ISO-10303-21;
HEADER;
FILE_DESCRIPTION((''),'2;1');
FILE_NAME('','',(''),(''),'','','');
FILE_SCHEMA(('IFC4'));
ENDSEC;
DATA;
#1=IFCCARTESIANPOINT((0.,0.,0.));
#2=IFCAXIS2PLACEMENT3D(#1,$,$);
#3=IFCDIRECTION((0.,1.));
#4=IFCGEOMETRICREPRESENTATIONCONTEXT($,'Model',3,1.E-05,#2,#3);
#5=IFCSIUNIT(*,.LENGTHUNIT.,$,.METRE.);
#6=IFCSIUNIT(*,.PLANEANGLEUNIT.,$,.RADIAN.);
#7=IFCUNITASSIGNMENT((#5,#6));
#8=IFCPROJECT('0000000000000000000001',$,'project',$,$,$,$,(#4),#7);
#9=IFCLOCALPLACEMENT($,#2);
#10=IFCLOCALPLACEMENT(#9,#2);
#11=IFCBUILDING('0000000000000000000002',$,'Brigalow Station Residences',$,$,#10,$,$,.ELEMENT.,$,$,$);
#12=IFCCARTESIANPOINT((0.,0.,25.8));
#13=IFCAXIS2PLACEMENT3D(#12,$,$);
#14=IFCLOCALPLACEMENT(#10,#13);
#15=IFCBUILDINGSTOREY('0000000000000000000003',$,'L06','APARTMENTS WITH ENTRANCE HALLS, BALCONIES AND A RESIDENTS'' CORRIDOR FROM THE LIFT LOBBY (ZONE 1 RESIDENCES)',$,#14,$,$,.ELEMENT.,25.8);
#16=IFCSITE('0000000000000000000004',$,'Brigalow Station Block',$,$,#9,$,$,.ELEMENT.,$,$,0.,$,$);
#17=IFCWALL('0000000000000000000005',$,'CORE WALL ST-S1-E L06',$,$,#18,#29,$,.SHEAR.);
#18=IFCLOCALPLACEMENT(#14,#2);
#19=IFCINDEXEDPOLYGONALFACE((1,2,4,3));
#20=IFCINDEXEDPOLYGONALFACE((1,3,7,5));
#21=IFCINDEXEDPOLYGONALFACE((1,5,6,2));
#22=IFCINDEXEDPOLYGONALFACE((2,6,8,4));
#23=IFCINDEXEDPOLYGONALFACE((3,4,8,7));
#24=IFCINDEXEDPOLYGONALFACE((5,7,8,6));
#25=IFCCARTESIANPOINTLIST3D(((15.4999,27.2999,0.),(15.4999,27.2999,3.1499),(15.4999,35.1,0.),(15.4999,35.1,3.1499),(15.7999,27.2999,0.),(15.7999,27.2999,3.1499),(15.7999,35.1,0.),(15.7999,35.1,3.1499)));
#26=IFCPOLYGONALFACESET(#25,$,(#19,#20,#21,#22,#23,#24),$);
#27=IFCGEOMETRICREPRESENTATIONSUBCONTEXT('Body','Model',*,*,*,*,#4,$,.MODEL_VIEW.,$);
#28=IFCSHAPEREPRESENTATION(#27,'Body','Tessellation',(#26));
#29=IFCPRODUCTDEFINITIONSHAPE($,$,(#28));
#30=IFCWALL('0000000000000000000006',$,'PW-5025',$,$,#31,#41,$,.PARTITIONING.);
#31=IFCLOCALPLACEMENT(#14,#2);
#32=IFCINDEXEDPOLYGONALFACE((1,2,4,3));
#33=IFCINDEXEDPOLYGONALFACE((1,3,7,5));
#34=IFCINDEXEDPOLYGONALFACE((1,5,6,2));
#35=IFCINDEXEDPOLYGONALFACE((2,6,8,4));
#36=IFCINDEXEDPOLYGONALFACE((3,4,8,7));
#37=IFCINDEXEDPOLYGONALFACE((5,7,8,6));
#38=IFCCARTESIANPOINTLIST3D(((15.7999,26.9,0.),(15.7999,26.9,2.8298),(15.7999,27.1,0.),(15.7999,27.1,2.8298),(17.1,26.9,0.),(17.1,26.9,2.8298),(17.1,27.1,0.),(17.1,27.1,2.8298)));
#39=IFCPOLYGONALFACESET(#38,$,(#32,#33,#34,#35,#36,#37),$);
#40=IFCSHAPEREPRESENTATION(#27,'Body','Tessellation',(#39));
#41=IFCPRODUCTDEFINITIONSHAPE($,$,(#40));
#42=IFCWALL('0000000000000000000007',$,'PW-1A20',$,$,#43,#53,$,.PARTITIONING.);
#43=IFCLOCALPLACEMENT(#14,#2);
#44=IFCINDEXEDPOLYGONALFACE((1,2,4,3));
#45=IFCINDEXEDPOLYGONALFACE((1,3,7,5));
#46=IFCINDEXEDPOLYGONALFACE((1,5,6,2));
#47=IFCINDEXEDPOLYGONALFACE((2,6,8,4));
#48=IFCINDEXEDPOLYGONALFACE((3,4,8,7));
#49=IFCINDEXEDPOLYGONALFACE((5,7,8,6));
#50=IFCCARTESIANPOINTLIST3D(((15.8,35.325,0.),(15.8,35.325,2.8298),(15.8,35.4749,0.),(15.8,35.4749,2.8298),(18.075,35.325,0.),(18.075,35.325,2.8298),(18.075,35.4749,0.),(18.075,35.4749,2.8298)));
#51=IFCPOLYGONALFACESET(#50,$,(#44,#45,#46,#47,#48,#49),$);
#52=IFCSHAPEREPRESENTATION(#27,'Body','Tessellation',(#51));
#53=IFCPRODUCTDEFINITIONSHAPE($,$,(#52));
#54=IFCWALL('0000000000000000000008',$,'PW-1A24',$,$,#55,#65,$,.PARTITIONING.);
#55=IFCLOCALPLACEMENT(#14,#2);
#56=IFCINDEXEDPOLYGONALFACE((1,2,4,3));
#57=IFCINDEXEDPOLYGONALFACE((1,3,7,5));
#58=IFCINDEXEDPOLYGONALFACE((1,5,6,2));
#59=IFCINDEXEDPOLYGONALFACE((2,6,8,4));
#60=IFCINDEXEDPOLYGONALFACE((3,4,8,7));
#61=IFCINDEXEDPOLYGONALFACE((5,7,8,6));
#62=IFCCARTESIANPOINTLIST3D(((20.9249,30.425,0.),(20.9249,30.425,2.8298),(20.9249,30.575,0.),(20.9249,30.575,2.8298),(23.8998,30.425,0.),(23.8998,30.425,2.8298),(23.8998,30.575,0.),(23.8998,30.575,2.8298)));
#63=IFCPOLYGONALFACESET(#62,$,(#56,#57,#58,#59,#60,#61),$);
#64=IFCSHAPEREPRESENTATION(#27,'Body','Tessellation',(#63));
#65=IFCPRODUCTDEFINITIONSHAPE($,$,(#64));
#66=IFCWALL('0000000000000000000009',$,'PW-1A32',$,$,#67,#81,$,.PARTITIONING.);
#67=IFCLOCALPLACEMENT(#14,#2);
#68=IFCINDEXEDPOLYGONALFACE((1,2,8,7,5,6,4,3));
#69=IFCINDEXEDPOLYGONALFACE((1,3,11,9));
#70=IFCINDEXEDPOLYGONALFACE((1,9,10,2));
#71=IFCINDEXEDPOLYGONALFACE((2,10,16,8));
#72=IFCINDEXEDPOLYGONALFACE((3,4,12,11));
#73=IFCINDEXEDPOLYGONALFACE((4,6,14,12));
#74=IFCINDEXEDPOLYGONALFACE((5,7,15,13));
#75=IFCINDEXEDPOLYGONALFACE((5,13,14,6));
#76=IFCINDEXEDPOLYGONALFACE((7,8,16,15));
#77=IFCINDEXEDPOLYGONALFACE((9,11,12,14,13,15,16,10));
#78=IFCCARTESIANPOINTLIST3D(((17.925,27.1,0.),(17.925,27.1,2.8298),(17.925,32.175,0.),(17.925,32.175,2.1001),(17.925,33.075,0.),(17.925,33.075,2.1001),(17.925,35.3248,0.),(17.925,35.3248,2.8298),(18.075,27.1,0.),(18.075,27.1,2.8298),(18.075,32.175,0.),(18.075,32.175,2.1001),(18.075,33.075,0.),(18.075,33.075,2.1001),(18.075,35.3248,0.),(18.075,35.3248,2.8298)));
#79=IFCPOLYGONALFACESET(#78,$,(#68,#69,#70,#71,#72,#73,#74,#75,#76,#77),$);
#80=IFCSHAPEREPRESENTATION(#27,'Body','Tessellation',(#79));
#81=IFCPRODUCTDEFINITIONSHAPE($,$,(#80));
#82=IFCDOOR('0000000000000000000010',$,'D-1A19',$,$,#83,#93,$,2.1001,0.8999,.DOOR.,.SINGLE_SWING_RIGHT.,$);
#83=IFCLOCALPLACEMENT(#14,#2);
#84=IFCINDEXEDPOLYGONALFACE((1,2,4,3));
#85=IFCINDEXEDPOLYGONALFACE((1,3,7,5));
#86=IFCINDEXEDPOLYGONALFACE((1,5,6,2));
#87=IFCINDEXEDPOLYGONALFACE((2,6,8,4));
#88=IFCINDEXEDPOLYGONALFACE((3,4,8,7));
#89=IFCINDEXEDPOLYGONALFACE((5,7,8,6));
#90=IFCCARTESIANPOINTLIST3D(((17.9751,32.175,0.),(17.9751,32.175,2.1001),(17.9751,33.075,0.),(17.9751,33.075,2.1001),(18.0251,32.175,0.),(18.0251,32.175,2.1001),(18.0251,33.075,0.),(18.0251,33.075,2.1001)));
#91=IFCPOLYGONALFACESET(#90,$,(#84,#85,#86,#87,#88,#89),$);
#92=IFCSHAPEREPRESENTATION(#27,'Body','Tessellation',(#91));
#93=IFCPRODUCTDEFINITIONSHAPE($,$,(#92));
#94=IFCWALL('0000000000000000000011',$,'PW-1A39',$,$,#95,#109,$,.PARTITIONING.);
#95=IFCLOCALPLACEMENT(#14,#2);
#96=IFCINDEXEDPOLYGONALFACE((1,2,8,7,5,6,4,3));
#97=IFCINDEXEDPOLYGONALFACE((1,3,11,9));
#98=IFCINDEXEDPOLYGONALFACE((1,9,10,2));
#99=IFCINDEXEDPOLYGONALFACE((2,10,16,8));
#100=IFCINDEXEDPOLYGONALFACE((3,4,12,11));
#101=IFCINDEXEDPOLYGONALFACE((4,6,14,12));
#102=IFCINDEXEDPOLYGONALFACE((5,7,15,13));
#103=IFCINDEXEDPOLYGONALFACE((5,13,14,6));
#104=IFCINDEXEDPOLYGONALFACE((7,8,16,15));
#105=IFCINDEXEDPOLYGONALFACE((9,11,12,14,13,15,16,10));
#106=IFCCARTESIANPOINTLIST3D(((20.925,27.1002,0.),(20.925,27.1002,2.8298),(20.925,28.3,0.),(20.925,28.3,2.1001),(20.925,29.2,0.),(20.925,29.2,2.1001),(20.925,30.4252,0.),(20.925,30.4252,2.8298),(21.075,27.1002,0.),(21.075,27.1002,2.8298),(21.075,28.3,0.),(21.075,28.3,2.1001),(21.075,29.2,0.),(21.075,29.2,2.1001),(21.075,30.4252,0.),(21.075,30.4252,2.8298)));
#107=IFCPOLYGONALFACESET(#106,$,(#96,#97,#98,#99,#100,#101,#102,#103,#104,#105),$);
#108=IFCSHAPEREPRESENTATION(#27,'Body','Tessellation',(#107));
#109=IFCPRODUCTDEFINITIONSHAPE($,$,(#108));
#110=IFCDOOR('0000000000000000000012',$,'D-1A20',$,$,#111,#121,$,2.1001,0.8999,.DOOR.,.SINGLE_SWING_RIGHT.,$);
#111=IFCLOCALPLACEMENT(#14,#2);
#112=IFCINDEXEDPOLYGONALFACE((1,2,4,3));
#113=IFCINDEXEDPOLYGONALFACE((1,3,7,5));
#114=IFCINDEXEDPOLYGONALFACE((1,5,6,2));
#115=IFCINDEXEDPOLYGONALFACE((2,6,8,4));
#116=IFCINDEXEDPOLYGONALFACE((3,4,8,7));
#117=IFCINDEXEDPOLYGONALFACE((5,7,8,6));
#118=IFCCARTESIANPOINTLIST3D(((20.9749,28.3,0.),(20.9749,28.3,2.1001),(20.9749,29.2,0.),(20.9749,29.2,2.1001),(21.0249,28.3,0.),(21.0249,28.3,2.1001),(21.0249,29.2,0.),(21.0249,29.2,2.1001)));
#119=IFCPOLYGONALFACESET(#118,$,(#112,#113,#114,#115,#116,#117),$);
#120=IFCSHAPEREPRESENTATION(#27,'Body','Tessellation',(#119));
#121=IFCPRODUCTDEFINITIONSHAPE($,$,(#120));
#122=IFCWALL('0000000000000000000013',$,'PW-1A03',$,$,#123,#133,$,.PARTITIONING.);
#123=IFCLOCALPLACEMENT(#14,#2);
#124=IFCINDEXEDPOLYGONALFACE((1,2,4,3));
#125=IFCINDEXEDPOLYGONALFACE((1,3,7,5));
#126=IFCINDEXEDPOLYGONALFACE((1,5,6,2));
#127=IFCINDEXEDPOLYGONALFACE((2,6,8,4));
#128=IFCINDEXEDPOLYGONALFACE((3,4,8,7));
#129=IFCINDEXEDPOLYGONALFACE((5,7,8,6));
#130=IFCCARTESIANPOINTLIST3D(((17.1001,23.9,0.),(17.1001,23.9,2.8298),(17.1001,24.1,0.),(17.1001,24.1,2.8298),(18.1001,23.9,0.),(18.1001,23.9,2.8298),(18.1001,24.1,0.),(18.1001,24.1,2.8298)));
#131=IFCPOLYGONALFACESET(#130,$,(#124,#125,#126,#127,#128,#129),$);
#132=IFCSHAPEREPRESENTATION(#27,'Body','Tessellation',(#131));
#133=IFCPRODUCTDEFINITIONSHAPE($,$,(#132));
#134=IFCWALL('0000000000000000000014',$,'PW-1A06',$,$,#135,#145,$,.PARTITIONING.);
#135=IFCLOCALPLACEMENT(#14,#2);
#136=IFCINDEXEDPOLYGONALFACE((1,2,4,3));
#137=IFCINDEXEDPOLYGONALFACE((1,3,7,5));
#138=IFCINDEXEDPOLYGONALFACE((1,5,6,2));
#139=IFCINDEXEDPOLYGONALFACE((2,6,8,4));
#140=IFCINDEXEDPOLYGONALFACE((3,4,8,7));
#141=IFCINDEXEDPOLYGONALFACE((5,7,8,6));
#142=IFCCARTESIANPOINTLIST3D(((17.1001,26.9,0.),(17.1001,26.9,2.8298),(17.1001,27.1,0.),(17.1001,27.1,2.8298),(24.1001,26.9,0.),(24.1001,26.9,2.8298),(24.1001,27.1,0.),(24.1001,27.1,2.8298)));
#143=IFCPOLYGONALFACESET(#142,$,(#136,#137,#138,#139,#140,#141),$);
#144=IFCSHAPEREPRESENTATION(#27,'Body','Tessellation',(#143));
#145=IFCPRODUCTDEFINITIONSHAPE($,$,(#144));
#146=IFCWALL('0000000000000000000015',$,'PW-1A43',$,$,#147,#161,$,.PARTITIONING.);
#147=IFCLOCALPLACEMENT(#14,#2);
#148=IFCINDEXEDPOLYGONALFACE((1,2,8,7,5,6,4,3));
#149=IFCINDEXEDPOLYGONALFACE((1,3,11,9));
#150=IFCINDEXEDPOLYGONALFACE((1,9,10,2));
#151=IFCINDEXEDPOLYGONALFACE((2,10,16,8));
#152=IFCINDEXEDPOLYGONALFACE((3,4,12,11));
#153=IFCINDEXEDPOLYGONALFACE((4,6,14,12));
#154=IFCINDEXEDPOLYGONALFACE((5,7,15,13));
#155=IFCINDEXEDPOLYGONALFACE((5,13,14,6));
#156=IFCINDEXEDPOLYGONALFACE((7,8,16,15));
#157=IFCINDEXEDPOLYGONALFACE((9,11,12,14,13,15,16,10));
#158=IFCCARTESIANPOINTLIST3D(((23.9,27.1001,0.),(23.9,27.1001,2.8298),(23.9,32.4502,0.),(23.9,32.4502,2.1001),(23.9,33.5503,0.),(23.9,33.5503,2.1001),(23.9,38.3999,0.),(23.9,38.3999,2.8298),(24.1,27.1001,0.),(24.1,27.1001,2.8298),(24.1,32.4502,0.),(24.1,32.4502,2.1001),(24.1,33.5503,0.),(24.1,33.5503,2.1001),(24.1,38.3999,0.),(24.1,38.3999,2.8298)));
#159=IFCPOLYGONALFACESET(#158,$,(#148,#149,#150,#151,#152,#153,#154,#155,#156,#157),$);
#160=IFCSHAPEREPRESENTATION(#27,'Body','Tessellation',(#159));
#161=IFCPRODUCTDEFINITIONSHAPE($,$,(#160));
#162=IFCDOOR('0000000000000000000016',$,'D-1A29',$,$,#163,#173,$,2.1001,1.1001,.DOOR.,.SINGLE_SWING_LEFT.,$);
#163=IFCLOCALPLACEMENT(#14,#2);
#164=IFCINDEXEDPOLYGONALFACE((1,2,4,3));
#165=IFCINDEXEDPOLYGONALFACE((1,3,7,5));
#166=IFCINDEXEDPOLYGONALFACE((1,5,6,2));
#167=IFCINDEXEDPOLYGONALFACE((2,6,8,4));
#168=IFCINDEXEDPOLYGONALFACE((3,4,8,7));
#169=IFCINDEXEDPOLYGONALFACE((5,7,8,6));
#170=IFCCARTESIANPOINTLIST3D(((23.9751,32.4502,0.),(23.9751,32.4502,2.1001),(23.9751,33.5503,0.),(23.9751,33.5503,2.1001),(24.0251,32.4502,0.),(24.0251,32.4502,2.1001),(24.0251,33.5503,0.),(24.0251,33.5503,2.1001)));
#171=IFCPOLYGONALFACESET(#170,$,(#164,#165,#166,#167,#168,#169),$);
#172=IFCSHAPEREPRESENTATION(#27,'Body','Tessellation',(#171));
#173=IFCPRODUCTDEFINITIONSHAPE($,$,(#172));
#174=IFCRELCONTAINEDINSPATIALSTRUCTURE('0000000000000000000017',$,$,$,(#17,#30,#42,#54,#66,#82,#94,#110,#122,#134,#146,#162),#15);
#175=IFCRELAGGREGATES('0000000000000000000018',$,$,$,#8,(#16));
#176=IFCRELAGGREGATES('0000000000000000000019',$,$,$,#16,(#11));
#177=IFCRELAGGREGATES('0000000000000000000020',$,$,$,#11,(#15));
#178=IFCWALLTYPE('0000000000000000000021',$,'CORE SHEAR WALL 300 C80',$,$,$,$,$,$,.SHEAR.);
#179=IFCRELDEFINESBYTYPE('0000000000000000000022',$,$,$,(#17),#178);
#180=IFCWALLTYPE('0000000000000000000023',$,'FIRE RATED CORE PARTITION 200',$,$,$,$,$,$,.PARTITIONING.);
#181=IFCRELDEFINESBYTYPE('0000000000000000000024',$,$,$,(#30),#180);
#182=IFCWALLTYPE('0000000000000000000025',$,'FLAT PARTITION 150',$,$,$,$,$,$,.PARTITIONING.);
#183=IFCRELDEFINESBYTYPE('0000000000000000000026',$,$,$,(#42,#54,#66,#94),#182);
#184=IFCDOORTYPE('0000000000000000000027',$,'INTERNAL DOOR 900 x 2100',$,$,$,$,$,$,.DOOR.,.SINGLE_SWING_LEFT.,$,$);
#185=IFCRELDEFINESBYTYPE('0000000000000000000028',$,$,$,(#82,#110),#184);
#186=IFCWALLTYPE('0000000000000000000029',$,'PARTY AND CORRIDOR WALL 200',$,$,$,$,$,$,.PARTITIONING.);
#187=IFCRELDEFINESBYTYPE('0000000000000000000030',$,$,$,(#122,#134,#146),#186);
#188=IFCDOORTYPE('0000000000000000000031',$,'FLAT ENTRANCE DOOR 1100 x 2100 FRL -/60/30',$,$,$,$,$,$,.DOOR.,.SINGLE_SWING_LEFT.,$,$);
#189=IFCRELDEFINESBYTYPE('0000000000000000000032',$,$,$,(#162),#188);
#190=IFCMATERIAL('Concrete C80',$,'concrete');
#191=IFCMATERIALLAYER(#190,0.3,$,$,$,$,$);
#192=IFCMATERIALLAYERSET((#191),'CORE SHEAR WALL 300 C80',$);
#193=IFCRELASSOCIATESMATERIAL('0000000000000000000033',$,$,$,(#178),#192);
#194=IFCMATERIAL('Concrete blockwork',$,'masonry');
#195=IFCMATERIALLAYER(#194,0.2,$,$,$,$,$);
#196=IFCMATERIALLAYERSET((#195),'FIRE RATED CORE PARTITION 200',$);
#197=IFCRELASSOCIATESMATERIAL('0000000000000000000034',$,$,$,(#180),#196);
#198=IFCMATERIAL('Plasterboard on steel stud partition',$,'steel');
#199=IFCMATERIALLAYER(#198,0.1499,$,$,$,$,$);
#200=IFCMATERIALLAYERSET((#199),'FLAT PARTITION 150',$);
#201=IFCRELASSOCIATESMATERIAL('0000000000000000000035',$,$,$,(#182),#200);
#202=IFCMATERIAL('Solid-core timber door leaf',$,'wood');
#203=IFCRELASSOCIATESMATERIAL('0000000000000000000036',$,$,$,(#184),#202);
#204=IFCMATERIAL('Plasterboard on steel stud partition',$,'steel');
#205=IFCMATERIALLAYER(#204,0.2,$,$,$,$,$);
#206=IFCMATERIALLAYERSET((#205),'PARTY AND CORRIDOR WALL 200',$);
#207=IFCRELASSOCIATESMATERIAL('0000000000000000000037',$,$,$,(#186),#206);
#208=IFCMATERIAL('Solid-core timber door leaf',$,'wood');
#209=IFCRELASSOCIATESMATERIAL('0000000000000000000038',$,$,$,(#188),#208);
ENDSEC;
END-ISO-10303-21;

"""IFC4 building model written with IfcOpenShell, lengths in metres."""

from ifc_helpers import new_model, si_unit, direction, frame, frame_2d, origin, place, context, subcontext, project, spatial, rectangle, extrude, material, layer, layer_set, type_object, element, fill, save


model = new_model("IFC4")

# Units and contexts
model_context = context("Model", 3, precision=1e-05, world=origin(), true_north=direction((0.0, 1.0)))
body_context = subcontext(model_context, "Body", "Model", "MODEL_VIEW")
ifc_project = project(units=[si_unit("LENGTHUNIT", "METRE"), si_unit("PLANEANGLEUNIT", "RADIAN")], contexts=[model_context])

# Site, building, storey
site_placement = place(None, origin())
site = spatial("IfcSite", under=ifc_project, at=site_placement, Name="Brigalow Station Block", CompositionType="ELEMENT", RefElevation=0.0)
building_placement = place(site_placement, origin())
building = spatial("IfcBuilding", under=site, at=building_placement, Name="Brigalow Station Residences", CompositionType="ELEMENT")
storey_placement = place(building_placement, frame((0.0, 0.0, 25.8)))
storey = spatial("IfcBuildingStorey", under=building, at=storey_placement, Name="L06", Description="APARTMENTS WITH ENTRANCE HALLS, BALCONIES AND A RESIDENTS' CORRIDOR FROM THE LIFT LOBBY (ZONE 1 RESIDENCES)", CompositionType="ELEMENT", Elevation=25.8)

# Walls
ifc_material_1 = material(Name="Concrete C80", Category="concrete")
ifc_layer_1 = layer(ifc_material_1, 0.3)
ifc_layer_set_1 = layer_set([ifc_layer_1], Name="CORE SHEAR WALL 300 C80")
wall_type_1 = type_object("IfcWallType", Name="CORE SHEAR WALL 300 C80", PredefinedType="SHEAR", material=ifc_layer_set_1)
wall_1_placement = place(storey_placement, frame((15.6499, 27.3, 0.0), z_axis=(0.0, 0.0, 1.0), x_axis=(0.0, 1.0, 0.0)))
element("IfcWall", 1, at=wall_1_placement, inside=storey, type_object=wall_type_1, Name="CORE WALL ST-S1-E L06", PredefinedType="SHEAR", context=body_context, shape_type="SweptSolid", body=[
    extrude(rectangle(XDim=7.8, YDim=0.3, at=frame_2d((3.8999, 0.0))), origin(), (0.0, 0.0, 1.0), 3.1499),
])
ifc_material_2 = material(Name="Concrete blockwork", Category="masonry")
ifc_layer_2 = layer(ifc_material_2, 0.2)
ifc_layer_set_2 = layer_set([ifc_layer_2], Name="FIRE RATED CORE PARTITION 200")
wall_type_2 = type_object("IfcWallType", Name="FIRE RATED CORE PARTITION 200", PredefinedType="PARTITIONING", material=ifc_layer_set_2)
wall_2_placement = place(storey_placement, frame((15.8, 27.0, 0.0), z_axis=(0.0, 0.0, 1.0), x_axis=(1.0, 0.0, 0.0)))
element("IfcWall", 2, at=wall_2_placement, inside=storey, type_object=wall_type_2, Name="PW-5025", PredefinedType="PARTITIONING", context=body_context, shape_type="SweptSolid", body=[
    extrude(rectangle(XDim=1.3, YDim=0.2, at=frame_2d((0.6499, 0.0))), origin(), (0.0, 0.0, 1.0), 2.8298),
])
ifc_material_3 = material(Name="Plasterboard on steel stud partition", Category="steel")
ifc_layer_3 = layer(ifc_material_3, 0.1499)
ifc_layer_set_3 = layer_set([ifc_layer_3], Name="FLAT PARTITION 150")
wall_type_3 = type_object("IfcWallType", Name="FLAT PARTITION 150", PredefinedType="PARTITIONING", material=ifc_layer_set_3)
wall_3_placement = place(storey_placement, frame((15.8, 35.3999, 0.0), z_axis=(0.0, 0.0, 1.0), x_axis=(1.0, 0.0, 0.0)))
element("IfcWall", 3, at=wall_3_placement, inside=storey, type_object=wall_type_3, Name="PW-1A20", PredefinedType="PARTITIONING", context=body_context, shape_type="SweptSolid", body=[
    extrude(rectangle(XDim=2.2749, YDim=0.1499, at=frame_2d((1.1375, 0.0))), origin(), (0.0, 0.0, 1.0), 2.8298),
])
wall_4_placement = place(storey_placement, frame((20.925, 30.5, 0.0), z_axis=(0.0, 0.0, 1.0), x_axis=(1.0, 0.0, 0.0)))
element("IfcWall", 4, at=wall_4_placement, inside=storey, type_object=wall_type_3, Name="PW-1A24", PredefinedType="PARTITIONING", context=body_context, shape_type="SweptSolid", body=[
    extrude(rectangle(XDim=2.9749, YDim=0.1499, at=frame_2d((1.4873, 0.0))), origin(), (0.0, 0.0, 1.0), 2.8298),
])

# Walls, openings, doors
wall_5_placement = place(storey_placement, frame((18.0, 27.1001, 0.0), z_axis=(0.0, 0.0, 1.0), x_axis=(0.0, 1.0, 0.0)))
wall_5 = element("IfcWall", 5, at=wall_5_placement, inside=storey, type_object=wall_type_3, Name="PW-1A32", PredefinedType="PARTITIONING", context=body_context, shape_type="SweptSolid", body=[
    extrude(rectangle(XDim=8.2249, YDim=0.1499, at=frame_2d((4.1123, 0.0))), origin(), (0.0, 0.0, 1.0), 2.8298),
])
opening_1_placement = place(wall_5_placement, frame((5.075, 0.0, 0.0)))
opening_1 = element("IfcOpeningElement", 6, at=opening_1_placement, cuts=wall_5, PredefinedType="OPENING", context=body_context, shape_type="SweptSolid", body=[
    extrude(rectangle(XDim=0.8999, YDim=2.1001, at=frame_2d((0.45, 1.05))), frame((0.0, 0.085, 0.0), z_axis=(0.0, -1.0, 0.0), x_axis=(1.0, 0.0, 0.0)), (0.0, 0.0, 1.0), 0.1699),
])
ifc_material_4 = material(Name="Solid-core timber door leaf", Category="wood")
door_type_1 = type_object("IfcDoorType", Name="INTERNAL DOOR 900 x 2100", OperationType="SINGLE_SWING_LEFT", PredefinedType="DOOR", material=ifc_material_4)
door_1_placement = place(opening_1_placement, origin())
door_1 = element("IfcDoor", 7, at=door_1_placement, inside=storey, type_object=door_type_1, Name="D-1A19", OperationType="SINGLE_SWING_RIGHT", OverallHeight=2.1001, OverallWidth=0.8999, PredefinedType="DOOR", context=body_context, shape_type="SweptSolid", body=[
    extrude(rectangle(XDim=0.8999, YDim=2.1001, at=frame_2d((0.45, 1.05))), frame((0.0, 0.0249, 0.0), z_axis=(0.0, -1.0, 0.0), x_axis=(1.0, 0.0, 0.0)), (0.0, 0.0, 1.0), 0.05),
])
fill(opening_1, door_1)
wall_6_placement = place(storey_placement, frame((21.0, 27.1001, 0.0), z_axis=(0.0, 0.0, 1.0), x_axis=(0.0, 1.0, 0.0)))
wall_6 = element("IfcWall", 8, at=wall_6_placement, inside=storey, type_object=wall_type_3, Name="PW-1A39", PredefinedType="PARTITIONING", context=body_context, shape_type="SweptSolid", body=[
    extrude(rectangle(XDim=3.325, YDim=0.1499, at=frame_2d((1.6626, 0.0))), origin(), (0.0, 0.0, 1.0), 2.8298),
])
opening_2_placement = place(wall_6_placement, frame((1.2, 0.0, 0.0)))
opening_2 = element("IfcOpeningElement", 9, at=opening_2_placement, cuts=wall_6, PredefinedType="OPENING", context=body_context, shape_type="SweptSolid", body=[
    extrude(rectangle(XDim=0.8999, YDim=2.1001, at=frame_2d((0.45, 1.05))), frame((0.0, 0.085, 0.0), z_axis=(0.0, -1.0, 0.0), x_axis=(1.0, 0.0, 0.0)), (0.0, 0.0, 1.0), 0.1699),
])
door_2_placement = place(opening_2_placement, frame((0.8999, 0.0, 0.0), z_axis=(0.0, 0.0, 1.0), x_axis=(-1.0, 0.0, 0.0)))
door_2 = element("IfcDoor", 10, at=door_2_placement, inside=storey, type_object=door_type_1, Name="D-1A20", OperationType="SINGLE_SWING_RIGHT", OverallHeight=2.1001, OverallWidth=0.8999, PredefinedType="DOOR", context=body_context, shape_type="SweptSolid", body=[
    extrude(rectangle(XDim=0.8999, YDim=2.1001, at=frame_2d((0.45, 1.05))), frame((0.0, 0.0249, 0.0), z_axis=(0.0, -1.0, 0.0), x_axis=(1.0, 0.0, 0.0)), (0.0, 0.0, 1.0), 0.05),
])
fill(opening_2, door_2)

# Walls
ifc_material_5 = material(Name="Plasterboard on steel stud partition", Category="steel")
ifc_layer_4 = layer(ifc_material_5, 0.2)
ifc_layer_set_4 = layer_set([ifc_layer_4], Name="PARTY AND CORRIDOR WALL 200")
wall_type_4 = type_object("IfcWallType", Name="PARTY AND CORRIDOR WALL 200", PredefinedType="PARTITIONING", material=ifc_layer_set_4)
wall_7_placement = place(storey_placement, frame((17.1001, 24.0, 0.0), z_axis=(0.0, 0.0, 1.0), x_axis=(1.0, 0.0, 0.0)))
element("IfcWall", 11, at=wall_7_placement, inside=storey, type_object=wall_type_4, Name="PW-1A03", PredefinedType="PARTITIONING", context=body_context, shape_type="SweptSolid", body=[
    extrude(rectangle(XDim=1.0, YDim=0.2, at=frame_2d((0.5, 0.0))), origin(), (0.0, 0.0, 1.0), 2.8298),
])
wall_8_placement = place(storey_placement, frame((17.1001, 27.0, 0.0), z_axis=(0.0, 0.0, 1.0), x_axis=(1.0, 0.0, 0.0)))
element("IfcWall", 12, at=wall_8_placement, inside=storey, type_object=wall_type_4, Name="PW-1A06", PredefinedType="PARTITIONING", context=body_context, shape_type="SweptSolid", body=[
    extrude(rectangle(XDim=7.0, YDim=0.2, at=frame_2d((3.5, 0.0))), origin(), (0.0, 0.0, 1.0), 2.8298),
])

# Wall, opening, door
wall_9_placement = place(storey_placement, frame((24.0, 27.1001, 0.0), z_axis=(0.0, 0.0, 1.0), x_axis=(0.0, 1.0, 0.0)))
wall_9 = element("IfcWall", 13, at=wall_9_placement, inside=storey, type_object=wall_type_4, Name="PW-1A43", PredefinedType="PARTITIONING", context=body_context, shape_type="SweptSolid", body=[
    extrude(rectangle(XDim=11.2998, YDim=0.2, at=frame_2d((5.6499, 0.0))), origin(), (0.0, 0.0, 1.0), 2.8298),
])
opening_3_placement = place(wall_9_placement, frame((5.3501, 0.0, 0.0)))
opening_3 = element("IfcOpeningElement", 14, at=opening_3_placement, cuts=wall_9, PredefinedType="OPENING", context=body_context, shape_type="SweptSolid", body=[
    extrude(rectangle(XDim=1.1001, YDim=2.1001, at=frame_2d((0.55, 1.05))), frame((0.0, 0.1099, 0.0), z_axis=(0.0, -1.0, 0.0), x_axis=(1.0, 0.0, 0.0)), (0.0, 0.0, 1.0), 0.22),
])
ifc_material_6 = material(Name="Solid-core timber door leaf", Category="wood")
door_type_2 = type_object("IfcDoorType", Name="FLAT ENTRANCE DOOR 1100 x 2100 FRL -/60/30", OperationType="SINGLE_SWING_LEFT", PredefinedType="DOOR", material=ifc_material_6)
door_3_placement = place(opening_3_placement, origin())
door_3 = element("IfcDoor", 15, at=door_3_placement, inside=storey, type_object=door_type_2, Name="D-1A29", OperationType="SINGLE_SWING_LEFT", OverallHeight=2.1001, OverallWidth=1.1001, PredefinedType="DOOR", context=body_context, shape_type="SweptSolid", body=[
    extrude(rectangle(XDim=1.1001, YDim=2.1001, at=frame_2d((0.55, 1.05))), frame((0.0, 0.0249, 0.0), z_axis=(0.0, -1.0, 0.0), x_axis=(1.0, 0.0, 0.0)), (0.0, 0.0, 1.0), 0.05),
])
fill(opening_3, door_3)

save(model, "model.ifc")
